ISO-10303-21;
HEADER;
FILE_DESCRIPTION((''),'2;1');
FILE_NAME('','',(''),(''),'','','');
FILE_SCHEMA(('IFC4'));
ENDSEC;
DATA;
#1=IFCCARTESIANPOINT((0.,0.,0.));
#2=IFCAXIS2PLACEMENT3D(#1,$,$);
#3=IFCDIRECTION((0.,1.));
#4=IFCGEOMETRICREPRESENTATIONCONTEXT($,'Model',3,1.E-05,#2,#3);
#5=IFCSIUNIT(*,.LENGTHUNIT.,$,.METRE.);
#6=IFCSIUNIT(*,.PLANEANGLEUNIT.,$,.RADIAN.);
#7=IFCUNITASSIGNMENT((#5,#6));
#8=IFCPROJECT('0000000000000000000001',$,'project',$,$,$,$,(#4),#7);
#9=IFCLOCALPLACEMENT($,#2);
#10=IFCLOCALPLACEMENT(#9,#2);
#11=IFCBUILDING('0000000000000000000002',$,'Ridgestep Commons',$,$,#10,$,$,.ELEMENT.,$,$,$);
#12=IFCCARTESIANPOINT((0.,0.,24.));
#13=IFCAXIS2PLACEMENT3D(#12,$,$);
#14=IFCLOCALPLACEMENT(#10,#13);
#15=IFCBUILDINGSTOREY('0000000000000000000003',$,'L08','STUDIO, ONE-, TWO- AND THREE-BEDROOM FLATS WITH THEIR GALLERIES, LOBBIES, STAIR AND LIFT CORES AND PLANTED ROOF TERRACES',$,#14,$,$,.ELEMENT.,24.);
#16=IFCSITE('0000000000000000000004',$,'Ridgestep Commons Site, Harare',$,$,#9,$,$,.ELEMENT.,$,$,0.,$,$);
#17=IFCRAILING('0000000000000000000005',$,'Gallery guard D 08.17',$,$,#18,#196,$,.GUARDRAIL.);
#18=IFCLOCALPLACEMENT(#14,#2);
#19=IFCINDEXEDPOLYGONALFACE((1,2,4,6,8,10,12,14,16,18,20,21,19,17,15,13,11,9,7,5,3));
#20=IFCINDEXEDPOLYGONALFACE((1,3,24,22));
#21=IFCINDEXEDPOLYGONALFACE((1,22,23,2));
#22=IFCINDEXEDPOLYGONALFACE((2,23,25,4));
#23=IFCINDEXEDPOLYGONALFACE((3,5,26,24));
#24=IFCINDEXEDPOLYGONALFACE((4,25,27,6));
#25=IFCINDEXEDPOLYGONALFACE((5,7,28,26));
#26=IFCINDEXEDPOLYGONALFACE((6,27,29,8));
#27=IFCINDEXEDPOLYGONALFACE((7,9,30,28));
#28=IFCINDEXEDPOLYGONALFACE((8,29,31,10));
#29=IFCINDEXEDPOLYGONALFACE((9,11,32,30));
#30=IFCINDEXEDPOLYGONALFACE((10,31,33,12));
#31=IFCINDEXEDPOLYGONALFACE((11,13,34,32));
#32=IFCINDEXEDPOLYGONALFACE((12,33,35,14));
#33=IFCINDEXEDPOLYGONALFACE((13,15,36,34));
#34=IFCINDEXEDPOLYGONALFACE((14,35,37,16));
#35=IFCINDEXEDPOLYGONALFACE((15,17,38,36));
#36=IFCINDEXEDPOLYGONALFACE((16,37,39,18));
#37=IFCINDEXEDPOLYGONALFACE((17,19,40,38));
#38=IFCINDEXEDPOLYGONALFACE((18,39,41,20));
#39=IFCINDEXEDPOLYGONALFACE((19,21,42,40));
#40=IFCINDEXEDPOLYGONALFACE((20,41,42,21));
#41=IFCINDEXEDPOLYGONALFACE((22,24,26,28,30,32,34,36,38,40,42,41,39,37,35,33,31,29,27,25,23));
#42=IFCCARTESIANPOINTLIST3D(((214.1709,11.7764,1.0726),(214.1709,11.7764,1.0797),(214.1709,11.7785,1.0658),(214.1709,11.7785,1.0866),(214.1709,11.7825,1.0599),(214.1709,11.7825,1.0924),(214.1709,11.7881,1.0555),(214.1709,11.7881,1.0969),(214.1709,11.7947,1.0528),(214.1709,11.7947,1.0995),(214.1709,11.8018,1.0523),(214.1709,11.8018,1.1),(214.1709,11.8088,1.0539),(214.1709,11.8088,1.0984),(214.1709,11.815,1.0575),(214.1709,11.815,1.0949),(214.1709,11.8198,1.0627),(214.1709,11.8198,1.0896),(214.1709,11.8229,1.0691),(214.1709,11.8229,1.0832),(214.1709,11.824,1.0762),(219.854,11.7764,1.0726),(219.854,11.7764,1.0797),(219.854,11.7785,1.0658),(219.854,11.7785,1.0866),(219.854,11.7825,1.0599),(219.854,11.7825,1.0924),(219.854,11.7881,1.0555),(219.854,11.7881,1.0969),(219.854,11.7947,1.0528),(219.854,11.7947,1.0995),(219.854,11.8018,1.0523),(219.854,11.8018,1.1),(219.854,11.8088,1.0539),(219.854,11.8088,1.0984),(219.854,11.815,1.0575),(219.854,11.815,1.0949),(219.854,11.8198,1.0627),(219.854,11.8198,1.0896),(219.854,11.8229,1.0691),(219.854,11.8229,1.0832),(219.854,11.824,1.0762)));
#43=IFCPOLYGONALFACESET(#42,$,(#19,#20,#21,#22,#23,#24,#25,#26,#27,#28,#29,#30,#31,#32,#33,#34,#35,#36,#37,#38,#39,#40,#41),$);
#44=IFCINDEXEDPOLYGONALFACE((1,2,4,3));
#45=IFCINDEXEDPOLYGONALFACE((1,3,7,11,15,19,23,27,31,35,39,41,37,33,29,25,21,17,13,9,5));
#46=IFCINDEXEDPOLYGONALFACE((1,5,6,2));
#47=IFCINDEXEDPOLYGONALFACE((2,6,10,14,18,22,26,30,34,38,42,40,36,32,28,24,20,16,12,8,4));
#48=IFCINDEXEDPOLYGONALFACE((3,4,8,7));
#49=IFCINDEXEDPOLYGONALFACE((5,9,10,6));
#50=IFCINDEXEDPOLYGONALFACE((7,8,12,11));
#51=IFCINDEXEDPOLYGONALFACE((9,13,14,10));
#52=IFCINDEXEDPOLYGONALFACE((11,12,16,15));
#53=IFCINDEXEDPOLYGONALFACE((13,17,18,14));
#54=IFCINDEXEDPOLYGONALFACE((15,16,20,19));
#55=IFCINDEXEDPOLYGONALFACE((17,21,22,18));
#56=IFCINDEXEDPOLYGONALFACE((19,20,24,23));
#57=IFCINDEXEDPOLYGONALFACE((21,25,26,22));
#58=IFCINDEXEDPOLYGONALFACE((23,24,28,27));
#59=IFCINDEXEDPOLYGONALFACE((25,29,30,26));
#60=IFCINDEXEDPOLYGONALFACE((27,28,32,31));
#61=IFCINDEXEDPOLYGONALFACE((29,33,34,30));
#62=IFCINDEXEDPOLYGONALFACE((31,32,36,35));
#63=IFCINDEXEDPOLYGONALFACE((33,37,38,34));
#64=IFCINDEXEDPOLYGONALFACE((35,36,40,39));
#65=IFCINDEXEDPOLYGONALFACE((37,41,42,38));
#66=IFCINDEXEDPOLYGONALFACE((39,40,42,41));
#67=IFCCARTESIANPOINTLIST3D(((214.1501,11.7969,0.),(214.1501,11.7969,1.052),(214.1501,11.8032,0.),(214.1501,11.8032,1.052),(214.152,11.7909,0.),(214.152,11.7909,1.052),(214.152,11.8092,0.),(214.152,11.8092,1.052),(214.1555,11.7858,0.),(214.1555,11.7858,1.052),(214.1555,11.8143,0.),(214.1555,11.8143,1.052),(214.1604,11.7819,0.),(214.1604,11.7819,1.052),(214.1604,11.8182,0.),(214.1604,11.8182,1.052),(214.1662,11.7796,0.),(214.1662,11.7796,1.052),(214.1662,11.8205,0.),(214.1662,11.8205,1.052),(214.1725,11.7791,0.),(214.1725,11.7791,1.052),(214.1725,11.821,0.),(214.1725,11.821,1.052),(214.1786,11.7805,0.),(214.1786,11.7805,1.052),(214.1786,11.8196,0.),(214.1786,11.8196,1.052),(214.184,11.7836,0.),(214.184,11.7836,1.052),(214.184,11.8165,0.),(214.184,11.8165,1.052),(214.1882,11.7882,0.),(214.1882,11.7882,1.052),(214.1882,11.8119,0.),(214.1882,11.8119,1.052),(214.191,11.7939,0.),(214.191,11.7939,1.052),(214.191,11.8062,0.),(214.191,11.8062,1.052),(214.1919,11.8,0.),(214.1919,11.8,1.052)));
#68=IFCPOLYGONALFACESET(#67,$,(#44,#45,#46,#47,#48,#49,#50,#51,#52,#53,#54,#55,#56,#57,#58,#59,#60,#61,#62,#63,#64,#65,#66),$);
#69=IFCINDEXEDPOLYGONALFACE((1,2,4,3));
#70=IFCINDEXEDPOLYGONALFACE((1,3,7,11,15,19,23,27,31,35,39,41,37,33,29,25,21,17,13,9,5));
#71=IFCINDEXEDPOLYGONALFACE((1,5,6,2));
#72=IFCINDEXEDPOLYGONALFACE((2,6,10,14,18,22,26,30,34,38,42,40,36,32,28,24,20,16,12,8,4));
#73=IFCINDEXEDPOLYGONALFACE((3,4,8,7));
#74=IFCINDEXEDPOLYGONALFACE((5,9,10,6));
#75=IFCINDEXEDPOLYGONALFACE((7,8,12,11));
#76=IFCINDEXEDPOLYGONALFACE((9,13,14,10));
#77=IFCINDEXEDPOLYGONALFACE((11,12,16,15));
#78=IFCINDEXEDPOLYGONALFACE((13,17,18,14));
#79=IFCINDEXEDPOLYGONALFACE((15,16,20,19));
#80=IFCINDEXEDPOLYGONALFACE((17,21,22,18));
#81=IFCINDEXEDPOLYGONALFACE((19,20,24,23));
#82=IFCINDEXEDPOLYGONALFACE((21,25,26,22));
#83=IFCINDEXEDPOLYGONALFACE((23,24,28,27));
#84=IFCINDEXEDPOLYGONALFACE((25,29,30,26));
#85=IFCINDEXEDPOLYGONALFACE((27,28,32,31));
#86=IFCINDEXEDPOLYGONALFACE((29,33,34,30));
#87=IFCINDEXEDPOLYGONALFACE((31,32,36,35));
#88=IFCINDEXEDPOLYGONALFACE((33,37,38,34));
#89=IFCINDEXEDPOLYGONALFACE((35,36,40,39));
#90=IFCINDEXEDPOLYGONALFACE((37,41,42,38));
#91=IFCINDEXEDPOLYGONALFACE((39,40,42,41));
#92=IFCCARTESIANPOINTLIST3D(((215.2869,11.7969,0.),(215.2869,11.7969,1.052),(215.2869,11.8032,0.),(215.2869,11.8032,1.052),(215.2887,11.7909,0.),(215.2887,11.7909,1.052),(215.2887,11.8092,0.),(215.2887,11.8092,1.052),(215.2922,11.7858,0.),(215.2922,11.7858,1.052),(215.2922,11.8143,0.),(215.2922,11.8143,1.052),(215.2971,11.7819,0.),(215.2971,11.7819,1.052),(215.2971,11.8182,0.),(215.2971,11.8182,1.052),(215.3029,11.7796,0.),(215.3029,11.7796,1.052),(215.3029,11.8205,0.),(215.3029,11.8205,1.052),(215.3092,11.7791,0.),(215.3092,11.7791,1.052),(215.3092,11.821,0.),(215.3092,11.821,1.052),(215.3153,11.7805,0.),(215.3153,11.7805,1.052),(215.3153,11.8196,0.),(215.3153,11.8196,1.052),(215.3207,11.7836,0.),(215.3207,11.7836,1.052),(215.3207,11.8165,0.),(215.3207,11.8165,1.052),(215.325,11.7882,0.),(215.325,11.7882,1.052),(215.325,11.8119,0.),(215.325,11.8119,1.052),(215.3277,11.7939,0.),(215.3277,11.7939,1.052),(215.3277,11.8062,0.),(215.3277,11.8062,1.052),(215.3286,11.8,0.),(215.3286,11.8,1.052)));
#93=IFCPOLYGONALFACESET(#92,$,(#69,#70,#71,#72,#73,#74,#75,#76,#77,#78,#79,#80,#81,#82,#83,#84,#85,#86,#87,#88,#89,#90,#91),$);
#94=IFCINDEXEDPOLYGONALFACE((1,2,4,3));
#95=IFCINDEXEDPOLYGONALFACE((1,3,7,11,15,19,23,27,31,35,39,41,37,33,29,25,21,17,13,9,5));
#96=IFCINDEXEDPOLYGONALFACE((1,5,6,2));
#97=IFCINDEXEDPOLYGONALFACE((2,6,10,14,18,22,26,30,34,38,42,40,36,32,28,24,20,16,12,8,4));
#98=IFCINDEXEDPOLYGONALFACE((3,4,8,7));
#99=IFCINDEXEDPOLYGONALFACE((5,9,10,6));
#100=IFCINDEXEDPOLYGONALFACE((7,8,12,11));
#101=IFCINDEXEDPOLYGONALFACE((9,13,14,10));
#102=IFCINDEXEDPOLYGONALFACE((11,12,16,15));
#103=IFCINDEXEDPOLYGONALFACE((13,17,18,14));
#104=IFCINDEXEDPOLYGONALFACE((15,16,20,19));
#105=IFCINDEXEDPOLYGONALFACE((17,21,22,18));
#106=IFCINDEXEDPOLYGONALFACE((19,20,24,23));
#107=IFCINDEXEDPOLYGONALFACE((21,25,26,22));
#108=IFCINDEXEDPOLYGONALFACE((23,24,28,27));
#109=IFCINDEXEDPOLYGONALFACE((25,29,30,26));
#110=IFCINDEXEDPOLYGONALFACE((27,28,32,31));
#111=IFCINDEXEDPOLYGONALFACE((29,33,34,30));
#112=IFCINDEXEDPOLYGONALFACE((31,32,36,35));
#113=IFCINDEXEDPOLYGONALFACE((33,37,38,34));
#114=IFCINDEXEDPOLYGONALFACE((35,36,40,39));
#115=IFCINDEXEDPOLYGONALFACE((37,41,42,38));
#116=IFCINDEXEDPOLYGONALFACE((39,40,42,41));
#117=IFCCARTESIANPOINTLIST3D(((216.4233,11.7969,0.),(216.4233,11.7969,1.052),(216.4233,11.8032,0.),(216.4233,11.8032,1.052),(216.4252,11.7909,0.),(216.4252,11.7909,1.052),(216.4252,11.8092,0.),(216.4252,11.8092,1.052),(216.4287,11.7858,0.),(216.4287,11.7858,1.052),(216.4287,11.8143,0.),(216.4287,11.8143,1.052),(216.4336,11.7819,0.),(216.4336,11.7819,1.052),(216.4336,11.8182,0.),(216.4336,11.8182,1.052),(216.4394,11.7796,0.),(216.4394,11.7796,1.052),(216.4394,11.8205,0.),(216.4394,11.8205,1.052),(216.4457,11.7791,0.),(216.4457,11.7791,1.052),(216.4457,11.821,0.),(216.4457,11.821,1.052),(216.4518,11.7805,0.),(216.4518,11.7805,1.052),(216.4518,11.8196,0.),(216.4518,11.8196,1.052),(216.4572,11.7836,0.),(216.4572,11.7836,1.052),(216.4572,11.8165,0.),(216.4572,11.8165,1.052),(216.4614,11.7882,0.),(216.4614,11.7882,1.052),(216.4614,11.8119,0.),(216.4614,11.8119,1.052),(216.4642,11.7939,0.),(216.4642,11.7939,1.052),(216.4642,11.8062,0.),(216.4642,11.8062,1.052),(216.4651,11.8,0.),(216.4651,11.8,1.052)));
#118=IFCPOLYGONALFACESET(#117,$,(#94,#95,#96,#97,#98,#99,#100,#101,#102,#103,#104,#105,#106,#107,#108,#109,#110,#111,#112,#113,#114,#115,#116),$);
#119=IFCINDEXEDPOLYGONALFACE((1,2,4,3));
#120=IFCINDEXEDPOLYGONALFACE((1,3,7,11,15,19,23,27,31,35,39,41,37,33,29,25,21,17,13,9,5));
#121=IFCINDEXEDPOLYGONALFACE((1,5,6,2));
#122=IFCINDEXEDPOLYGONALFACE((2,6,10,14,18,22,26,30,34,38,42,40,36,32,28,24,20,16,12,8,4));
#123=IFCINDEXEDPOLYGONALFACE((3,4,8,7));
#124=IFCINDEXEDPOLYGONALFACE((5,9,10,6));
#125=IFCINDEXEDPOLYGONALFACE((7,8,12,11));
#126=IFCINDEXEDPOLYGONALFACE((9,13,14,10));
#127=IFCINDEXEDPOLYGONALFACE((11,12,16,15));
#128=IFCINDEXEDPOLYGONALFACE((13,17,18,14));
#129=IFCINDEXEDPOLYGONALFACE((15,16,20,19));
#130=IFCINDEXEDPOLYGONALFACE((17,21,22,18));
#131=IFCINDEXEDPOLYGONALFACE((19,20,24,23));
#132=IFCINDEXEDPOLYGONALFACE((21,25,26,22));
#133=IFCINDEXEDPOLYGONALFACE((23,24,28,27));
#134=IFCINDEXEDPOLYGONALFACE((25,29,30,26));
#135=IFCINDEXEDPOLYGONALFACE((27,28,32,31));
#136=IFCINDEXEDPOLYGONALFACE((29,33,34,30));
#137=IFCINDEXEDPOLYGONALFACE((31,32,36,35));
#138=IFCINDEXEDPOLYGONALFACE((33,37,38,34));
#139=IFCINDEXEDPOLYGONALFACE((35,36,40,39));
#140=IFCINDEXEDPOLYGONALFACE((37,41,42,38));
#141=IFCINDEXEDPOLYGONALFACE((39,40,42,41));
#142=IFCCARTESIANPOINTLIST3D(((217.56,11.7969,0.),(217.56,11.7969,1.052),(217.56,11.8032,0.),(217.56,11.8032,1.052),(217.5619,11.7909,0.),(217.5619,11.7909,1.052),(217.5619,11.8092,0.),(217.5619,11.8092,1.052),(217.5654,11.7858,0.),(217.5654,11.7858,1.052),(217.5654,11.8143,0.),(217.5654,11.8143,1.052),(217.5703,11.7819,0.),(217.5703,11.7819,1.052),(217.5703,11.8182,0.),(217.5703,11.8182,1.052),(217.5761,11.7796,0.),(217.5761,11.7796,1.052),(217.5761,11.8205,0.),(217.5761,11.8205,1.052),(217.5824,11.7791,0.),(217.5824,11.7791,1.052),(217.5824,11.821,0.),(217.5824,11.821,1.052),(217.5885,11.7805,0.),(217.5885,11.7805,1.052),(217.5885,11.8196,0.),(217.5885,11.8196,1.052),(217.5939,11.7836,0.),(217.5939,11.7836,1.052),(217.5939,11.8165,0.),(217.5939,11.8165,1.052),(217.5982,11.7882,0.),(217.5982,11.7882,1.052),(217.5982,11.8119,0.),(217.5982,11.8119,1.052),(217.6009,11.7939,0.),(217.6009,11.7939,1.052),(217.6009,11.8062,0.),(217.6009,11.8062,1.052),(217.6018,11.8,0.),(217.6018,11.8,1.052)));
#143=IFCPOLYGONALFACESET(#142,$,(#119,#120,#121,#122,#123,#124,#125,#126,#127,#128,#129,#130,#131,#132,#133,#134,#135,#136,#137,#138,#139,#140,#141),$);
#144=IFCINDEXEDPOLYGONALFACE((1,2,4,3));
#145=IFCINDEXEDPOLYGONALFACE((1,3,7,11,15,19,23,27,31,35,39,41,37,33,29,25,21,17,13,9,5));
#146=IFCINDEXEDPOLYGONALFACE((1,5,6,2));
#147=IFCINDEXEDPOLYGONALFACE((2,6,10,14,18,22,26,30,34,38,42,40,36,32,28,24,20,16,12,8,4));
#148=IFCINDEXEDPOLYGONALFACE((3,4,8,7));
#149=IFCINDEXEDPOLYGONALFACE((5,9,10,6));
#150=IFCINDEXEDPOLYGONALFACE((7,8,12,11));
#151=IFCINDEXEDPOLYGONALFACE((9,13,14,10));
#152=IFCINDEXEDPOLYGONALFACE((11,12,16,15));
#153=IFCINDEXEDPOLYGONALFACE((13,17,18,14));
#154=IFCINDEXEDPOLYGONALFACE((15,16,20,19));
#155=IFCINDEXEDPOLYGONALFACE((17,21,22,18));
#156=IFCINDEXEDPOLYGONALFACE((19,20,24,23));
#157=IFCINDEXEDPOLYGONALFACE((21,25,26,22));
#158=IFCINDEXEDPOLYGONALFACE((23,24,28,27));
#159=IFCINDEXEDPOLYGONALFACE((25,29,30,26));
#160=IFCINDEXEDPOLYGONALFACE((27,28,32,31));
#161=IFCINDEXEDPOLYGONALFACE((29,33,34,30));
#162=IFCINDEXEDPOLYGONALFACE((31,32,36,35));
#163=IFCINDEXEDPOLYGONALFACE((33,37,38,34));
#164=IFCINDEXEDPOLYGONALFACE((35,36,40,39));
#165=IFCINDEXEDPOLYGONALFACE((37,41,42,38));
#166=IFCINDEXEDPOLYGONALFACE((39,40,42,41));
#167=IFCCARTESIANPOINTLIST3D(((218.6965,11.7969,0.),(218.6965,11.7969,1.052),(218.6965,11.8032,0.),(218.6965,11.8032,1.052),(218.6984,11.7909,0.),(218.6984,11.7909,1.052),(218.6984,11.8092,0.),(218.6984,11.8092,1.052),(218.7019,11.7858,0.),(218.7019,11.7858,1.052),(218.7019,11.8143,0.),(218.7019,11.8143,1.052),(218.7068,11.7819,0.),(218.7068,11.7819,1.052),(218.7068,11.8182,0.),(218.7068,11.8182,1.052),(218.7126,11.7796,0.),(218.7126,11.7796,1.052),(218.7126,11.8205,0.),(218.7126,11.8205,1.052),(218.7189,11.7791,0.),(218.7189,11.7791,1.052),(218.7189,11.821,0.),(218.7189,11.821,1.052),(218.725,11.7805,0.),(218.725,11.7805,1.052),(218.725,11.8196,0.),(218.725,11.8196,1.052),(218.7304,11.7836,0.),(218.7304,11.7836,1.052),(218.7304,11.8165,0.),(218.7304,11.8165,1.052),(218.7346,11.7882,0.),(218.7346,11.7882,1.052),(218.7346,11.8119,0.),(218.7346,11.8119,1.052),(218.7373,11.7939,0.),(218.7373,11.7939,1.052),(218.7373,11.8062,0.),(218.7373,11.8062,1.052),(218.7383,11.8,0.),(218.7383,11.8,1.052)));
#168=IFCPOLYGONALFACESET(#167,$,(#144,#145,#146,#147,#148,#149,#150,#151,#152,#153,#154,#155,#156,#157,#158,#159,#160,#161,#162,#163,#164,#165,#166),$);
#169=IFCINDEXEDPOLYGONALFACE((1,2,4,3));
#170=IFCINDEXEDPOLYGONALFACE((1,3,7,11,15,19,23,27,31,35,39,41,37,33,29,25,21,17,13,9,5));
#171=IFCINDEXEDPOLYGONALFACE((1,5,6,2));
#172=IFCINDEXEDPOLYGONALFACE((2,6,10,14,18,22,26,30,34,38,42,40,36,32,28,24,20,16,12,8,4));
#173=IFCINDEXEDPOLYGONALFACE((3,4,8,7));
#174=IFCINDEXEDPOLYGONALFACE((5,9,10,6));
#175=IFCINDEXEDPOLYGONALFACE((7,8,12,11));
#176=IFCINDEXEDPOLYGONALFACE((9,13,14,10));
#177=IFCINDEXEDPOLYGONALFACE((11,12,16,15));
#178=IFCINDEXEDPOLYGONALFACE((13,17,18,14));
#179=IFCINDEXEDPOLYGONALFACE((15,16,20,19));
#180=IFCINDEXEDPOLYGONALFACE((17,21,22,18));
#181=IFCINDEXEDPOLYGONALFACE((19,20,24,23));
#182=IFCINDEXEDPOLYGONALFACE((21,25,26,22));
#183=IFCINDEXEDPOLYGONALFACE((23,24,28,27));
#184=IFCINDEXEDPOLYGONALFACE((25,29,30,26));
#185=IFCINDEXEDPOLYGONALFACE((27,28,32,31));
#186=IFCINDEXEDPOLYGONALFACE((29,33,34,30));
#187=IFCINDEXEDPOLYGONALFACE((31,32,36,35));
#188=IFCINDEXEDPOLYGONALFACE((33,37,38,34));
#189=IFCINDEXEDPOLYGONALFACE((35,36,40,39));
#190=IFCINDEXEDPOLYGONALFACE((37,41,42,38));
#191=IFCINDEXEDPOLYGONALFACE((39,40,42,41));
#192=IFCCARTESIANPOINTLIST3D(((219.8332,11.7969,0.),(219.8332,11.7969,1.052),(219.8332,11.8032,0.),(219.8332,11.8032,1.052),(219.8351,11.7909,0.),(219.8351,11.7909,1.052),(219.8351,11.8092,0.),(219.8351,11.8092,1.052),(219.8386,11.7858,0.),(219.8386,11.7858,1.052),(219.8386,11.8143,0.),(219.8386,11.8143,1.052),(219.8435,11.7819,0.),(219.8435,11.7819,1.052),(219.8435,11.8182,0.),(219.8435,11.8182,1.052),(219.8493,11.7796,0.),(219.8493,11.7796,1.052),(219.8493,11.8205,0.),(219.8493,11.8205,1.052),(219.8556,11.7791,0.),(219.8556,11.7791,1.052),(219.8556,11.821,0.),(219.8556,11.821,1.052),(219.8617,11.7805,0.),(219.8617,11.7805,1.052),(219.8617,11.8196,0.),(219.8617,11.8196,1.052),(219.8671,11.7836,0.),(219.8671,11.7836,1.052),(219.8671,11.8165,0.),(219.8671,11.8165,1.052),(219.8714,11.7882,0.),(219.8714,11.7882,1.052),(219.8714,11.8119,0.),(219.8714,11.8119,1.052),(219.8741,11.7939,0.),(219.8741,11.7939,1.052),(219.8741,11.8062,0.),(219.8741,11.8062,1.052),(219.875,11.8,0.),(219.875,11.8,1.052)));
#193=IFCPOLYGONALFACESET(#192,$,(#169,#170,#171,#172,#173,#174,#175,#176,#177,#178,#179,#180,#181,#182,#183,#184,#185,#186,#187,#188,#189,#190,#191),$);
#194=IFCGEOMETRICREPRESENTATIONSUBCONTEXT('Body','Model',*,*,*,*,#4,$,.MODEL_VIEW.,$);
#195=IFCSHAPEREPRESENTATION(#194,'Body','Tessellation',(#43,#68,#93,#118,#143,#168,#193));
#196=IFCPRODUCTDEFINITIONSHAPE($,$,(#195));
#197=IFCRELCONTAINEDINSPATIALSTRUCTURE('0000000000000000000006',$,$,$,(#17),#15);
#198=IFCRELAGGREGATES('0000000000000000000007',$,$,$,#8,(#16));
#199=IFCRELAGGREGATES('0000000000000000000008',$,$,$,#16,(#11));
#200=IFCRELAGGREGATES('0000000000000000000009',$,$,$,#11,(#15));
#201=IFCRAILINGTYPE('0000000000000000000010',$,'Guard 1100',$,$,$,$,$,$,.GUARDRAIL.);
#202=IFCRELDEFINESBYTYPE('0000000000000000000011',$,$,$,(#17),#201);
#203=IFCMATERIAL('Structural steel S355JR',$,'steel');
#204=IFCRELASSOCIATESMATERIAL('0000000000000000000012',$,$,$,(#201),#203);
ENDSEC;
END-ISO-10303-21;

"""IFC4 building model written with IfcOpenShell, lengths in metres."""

from ifc_helpers import new_model, si_unit, direction, frame, origin, origin_2d, place, context, subcontext, project, spatial, circle, extrude, material, type_object, element, save


model = new_model("IFC4")

# Units and contexts
model_context = context("Model", 3, precision=1e-05, world=origin(), true_north=direction((0.0, 1.0)))
body_context = subcontext(model_context, "Body", "Model", "MODEL_VIEW")
ifc_project = project(units=[si_unit("LENGTHUNIT", "METRE"), si_unit("PLANEANGLEUNIT", "RADIAN")], contexts=[model_context])

# Site, building, storey
site_placement = place(None, origin())
site = spatial("IfcSite", under=ifc_project, at=site_placement, Name="Ridgestep Commons Site, Harare", CompositionType="ELEMENT", RefElevation=0.0)
building_placement = place(site_placement, origin())
building = spatial("IfcBuilding", under=site, at=building_placement, Name="Ridgestep Commons", CompositionType="ELEMENT")
storey_placement = place(building_placement, frame((0.0, 0.0, 24.0)))
storey = spatial("IfcBuildingStorey", under=building, at=storey_placement, Name="L08", Description="STUDIO, ONE-, TWO- AND THREE-BEDROOM FLATS WITH THEIR GALLERIES, LOBBIES, STAIR AND LIFT CORES AND PLANTED ROOF TERRACES", CompositionType="ELEMENT", Elevation=24.0)

# Railing
ifc_material_1 = material(Name="Structural steel S355JR", Category="steel")
railing_type_1 = type_object("IfcRailingType", Name="Guard 1100", PredefinedType="GUARDRAIL", material=ifc_material_1)
railing_1_placement = place(storey_placement, frame((214.1709, 11.8, 0.0)))
element("IfcRailing", 1, at=railing_1_placement, inside=storey, type_object=railing_type_1, Name="Gallery guard D 08.17", PredefinedType="GUARDRAIL", context=body_context, shape_type="SweptSolid", body=[
    extrude(circle(Radius=0.0239, at=origin_2d()), frame((0.0, 0.0, 1.0762), z_axis=(1.0, 0.0, 0.0), x_axis=(0.0, 1.0, 0.0)), (0.0, 0.0, 1.0), 5.6831),
    extrude(circle(Radius=0.021, at=origin_2d()), origin(), (0.0, 0.0, 1.0), 1.052),
    extrude(circle(Radius=0.021, at=origin_2d()), frame((1.1367, 0.0, 0.0)), (0.0, 0.0, 1.0), 1.052),
    extrude(circle(Radius=0.021, at=origin_2d()), frame((2.2732, 0.0, 0.0)), (0.0, 0.0, 1.0), 1.052),
    extrude(circle(Radius=0.021, at=origin_2d()), frame((3.4099, 0.0, 0.0)), (0.0, 0.0, 1.0), 1.052),
    extrude(circle(Radius=0.021, at=origin_2d()), frame((4.5464, 0.0, 0.0)), (0.0, 0.0, 1.0), 1.052),
    extrude(circle(Radius=0.021, at=origin_2d()), frame((5.6831, 0.0, 0.0)), (0.0, 0.0, 1.0), 1.052),
])

save(model, "model.ifc")
